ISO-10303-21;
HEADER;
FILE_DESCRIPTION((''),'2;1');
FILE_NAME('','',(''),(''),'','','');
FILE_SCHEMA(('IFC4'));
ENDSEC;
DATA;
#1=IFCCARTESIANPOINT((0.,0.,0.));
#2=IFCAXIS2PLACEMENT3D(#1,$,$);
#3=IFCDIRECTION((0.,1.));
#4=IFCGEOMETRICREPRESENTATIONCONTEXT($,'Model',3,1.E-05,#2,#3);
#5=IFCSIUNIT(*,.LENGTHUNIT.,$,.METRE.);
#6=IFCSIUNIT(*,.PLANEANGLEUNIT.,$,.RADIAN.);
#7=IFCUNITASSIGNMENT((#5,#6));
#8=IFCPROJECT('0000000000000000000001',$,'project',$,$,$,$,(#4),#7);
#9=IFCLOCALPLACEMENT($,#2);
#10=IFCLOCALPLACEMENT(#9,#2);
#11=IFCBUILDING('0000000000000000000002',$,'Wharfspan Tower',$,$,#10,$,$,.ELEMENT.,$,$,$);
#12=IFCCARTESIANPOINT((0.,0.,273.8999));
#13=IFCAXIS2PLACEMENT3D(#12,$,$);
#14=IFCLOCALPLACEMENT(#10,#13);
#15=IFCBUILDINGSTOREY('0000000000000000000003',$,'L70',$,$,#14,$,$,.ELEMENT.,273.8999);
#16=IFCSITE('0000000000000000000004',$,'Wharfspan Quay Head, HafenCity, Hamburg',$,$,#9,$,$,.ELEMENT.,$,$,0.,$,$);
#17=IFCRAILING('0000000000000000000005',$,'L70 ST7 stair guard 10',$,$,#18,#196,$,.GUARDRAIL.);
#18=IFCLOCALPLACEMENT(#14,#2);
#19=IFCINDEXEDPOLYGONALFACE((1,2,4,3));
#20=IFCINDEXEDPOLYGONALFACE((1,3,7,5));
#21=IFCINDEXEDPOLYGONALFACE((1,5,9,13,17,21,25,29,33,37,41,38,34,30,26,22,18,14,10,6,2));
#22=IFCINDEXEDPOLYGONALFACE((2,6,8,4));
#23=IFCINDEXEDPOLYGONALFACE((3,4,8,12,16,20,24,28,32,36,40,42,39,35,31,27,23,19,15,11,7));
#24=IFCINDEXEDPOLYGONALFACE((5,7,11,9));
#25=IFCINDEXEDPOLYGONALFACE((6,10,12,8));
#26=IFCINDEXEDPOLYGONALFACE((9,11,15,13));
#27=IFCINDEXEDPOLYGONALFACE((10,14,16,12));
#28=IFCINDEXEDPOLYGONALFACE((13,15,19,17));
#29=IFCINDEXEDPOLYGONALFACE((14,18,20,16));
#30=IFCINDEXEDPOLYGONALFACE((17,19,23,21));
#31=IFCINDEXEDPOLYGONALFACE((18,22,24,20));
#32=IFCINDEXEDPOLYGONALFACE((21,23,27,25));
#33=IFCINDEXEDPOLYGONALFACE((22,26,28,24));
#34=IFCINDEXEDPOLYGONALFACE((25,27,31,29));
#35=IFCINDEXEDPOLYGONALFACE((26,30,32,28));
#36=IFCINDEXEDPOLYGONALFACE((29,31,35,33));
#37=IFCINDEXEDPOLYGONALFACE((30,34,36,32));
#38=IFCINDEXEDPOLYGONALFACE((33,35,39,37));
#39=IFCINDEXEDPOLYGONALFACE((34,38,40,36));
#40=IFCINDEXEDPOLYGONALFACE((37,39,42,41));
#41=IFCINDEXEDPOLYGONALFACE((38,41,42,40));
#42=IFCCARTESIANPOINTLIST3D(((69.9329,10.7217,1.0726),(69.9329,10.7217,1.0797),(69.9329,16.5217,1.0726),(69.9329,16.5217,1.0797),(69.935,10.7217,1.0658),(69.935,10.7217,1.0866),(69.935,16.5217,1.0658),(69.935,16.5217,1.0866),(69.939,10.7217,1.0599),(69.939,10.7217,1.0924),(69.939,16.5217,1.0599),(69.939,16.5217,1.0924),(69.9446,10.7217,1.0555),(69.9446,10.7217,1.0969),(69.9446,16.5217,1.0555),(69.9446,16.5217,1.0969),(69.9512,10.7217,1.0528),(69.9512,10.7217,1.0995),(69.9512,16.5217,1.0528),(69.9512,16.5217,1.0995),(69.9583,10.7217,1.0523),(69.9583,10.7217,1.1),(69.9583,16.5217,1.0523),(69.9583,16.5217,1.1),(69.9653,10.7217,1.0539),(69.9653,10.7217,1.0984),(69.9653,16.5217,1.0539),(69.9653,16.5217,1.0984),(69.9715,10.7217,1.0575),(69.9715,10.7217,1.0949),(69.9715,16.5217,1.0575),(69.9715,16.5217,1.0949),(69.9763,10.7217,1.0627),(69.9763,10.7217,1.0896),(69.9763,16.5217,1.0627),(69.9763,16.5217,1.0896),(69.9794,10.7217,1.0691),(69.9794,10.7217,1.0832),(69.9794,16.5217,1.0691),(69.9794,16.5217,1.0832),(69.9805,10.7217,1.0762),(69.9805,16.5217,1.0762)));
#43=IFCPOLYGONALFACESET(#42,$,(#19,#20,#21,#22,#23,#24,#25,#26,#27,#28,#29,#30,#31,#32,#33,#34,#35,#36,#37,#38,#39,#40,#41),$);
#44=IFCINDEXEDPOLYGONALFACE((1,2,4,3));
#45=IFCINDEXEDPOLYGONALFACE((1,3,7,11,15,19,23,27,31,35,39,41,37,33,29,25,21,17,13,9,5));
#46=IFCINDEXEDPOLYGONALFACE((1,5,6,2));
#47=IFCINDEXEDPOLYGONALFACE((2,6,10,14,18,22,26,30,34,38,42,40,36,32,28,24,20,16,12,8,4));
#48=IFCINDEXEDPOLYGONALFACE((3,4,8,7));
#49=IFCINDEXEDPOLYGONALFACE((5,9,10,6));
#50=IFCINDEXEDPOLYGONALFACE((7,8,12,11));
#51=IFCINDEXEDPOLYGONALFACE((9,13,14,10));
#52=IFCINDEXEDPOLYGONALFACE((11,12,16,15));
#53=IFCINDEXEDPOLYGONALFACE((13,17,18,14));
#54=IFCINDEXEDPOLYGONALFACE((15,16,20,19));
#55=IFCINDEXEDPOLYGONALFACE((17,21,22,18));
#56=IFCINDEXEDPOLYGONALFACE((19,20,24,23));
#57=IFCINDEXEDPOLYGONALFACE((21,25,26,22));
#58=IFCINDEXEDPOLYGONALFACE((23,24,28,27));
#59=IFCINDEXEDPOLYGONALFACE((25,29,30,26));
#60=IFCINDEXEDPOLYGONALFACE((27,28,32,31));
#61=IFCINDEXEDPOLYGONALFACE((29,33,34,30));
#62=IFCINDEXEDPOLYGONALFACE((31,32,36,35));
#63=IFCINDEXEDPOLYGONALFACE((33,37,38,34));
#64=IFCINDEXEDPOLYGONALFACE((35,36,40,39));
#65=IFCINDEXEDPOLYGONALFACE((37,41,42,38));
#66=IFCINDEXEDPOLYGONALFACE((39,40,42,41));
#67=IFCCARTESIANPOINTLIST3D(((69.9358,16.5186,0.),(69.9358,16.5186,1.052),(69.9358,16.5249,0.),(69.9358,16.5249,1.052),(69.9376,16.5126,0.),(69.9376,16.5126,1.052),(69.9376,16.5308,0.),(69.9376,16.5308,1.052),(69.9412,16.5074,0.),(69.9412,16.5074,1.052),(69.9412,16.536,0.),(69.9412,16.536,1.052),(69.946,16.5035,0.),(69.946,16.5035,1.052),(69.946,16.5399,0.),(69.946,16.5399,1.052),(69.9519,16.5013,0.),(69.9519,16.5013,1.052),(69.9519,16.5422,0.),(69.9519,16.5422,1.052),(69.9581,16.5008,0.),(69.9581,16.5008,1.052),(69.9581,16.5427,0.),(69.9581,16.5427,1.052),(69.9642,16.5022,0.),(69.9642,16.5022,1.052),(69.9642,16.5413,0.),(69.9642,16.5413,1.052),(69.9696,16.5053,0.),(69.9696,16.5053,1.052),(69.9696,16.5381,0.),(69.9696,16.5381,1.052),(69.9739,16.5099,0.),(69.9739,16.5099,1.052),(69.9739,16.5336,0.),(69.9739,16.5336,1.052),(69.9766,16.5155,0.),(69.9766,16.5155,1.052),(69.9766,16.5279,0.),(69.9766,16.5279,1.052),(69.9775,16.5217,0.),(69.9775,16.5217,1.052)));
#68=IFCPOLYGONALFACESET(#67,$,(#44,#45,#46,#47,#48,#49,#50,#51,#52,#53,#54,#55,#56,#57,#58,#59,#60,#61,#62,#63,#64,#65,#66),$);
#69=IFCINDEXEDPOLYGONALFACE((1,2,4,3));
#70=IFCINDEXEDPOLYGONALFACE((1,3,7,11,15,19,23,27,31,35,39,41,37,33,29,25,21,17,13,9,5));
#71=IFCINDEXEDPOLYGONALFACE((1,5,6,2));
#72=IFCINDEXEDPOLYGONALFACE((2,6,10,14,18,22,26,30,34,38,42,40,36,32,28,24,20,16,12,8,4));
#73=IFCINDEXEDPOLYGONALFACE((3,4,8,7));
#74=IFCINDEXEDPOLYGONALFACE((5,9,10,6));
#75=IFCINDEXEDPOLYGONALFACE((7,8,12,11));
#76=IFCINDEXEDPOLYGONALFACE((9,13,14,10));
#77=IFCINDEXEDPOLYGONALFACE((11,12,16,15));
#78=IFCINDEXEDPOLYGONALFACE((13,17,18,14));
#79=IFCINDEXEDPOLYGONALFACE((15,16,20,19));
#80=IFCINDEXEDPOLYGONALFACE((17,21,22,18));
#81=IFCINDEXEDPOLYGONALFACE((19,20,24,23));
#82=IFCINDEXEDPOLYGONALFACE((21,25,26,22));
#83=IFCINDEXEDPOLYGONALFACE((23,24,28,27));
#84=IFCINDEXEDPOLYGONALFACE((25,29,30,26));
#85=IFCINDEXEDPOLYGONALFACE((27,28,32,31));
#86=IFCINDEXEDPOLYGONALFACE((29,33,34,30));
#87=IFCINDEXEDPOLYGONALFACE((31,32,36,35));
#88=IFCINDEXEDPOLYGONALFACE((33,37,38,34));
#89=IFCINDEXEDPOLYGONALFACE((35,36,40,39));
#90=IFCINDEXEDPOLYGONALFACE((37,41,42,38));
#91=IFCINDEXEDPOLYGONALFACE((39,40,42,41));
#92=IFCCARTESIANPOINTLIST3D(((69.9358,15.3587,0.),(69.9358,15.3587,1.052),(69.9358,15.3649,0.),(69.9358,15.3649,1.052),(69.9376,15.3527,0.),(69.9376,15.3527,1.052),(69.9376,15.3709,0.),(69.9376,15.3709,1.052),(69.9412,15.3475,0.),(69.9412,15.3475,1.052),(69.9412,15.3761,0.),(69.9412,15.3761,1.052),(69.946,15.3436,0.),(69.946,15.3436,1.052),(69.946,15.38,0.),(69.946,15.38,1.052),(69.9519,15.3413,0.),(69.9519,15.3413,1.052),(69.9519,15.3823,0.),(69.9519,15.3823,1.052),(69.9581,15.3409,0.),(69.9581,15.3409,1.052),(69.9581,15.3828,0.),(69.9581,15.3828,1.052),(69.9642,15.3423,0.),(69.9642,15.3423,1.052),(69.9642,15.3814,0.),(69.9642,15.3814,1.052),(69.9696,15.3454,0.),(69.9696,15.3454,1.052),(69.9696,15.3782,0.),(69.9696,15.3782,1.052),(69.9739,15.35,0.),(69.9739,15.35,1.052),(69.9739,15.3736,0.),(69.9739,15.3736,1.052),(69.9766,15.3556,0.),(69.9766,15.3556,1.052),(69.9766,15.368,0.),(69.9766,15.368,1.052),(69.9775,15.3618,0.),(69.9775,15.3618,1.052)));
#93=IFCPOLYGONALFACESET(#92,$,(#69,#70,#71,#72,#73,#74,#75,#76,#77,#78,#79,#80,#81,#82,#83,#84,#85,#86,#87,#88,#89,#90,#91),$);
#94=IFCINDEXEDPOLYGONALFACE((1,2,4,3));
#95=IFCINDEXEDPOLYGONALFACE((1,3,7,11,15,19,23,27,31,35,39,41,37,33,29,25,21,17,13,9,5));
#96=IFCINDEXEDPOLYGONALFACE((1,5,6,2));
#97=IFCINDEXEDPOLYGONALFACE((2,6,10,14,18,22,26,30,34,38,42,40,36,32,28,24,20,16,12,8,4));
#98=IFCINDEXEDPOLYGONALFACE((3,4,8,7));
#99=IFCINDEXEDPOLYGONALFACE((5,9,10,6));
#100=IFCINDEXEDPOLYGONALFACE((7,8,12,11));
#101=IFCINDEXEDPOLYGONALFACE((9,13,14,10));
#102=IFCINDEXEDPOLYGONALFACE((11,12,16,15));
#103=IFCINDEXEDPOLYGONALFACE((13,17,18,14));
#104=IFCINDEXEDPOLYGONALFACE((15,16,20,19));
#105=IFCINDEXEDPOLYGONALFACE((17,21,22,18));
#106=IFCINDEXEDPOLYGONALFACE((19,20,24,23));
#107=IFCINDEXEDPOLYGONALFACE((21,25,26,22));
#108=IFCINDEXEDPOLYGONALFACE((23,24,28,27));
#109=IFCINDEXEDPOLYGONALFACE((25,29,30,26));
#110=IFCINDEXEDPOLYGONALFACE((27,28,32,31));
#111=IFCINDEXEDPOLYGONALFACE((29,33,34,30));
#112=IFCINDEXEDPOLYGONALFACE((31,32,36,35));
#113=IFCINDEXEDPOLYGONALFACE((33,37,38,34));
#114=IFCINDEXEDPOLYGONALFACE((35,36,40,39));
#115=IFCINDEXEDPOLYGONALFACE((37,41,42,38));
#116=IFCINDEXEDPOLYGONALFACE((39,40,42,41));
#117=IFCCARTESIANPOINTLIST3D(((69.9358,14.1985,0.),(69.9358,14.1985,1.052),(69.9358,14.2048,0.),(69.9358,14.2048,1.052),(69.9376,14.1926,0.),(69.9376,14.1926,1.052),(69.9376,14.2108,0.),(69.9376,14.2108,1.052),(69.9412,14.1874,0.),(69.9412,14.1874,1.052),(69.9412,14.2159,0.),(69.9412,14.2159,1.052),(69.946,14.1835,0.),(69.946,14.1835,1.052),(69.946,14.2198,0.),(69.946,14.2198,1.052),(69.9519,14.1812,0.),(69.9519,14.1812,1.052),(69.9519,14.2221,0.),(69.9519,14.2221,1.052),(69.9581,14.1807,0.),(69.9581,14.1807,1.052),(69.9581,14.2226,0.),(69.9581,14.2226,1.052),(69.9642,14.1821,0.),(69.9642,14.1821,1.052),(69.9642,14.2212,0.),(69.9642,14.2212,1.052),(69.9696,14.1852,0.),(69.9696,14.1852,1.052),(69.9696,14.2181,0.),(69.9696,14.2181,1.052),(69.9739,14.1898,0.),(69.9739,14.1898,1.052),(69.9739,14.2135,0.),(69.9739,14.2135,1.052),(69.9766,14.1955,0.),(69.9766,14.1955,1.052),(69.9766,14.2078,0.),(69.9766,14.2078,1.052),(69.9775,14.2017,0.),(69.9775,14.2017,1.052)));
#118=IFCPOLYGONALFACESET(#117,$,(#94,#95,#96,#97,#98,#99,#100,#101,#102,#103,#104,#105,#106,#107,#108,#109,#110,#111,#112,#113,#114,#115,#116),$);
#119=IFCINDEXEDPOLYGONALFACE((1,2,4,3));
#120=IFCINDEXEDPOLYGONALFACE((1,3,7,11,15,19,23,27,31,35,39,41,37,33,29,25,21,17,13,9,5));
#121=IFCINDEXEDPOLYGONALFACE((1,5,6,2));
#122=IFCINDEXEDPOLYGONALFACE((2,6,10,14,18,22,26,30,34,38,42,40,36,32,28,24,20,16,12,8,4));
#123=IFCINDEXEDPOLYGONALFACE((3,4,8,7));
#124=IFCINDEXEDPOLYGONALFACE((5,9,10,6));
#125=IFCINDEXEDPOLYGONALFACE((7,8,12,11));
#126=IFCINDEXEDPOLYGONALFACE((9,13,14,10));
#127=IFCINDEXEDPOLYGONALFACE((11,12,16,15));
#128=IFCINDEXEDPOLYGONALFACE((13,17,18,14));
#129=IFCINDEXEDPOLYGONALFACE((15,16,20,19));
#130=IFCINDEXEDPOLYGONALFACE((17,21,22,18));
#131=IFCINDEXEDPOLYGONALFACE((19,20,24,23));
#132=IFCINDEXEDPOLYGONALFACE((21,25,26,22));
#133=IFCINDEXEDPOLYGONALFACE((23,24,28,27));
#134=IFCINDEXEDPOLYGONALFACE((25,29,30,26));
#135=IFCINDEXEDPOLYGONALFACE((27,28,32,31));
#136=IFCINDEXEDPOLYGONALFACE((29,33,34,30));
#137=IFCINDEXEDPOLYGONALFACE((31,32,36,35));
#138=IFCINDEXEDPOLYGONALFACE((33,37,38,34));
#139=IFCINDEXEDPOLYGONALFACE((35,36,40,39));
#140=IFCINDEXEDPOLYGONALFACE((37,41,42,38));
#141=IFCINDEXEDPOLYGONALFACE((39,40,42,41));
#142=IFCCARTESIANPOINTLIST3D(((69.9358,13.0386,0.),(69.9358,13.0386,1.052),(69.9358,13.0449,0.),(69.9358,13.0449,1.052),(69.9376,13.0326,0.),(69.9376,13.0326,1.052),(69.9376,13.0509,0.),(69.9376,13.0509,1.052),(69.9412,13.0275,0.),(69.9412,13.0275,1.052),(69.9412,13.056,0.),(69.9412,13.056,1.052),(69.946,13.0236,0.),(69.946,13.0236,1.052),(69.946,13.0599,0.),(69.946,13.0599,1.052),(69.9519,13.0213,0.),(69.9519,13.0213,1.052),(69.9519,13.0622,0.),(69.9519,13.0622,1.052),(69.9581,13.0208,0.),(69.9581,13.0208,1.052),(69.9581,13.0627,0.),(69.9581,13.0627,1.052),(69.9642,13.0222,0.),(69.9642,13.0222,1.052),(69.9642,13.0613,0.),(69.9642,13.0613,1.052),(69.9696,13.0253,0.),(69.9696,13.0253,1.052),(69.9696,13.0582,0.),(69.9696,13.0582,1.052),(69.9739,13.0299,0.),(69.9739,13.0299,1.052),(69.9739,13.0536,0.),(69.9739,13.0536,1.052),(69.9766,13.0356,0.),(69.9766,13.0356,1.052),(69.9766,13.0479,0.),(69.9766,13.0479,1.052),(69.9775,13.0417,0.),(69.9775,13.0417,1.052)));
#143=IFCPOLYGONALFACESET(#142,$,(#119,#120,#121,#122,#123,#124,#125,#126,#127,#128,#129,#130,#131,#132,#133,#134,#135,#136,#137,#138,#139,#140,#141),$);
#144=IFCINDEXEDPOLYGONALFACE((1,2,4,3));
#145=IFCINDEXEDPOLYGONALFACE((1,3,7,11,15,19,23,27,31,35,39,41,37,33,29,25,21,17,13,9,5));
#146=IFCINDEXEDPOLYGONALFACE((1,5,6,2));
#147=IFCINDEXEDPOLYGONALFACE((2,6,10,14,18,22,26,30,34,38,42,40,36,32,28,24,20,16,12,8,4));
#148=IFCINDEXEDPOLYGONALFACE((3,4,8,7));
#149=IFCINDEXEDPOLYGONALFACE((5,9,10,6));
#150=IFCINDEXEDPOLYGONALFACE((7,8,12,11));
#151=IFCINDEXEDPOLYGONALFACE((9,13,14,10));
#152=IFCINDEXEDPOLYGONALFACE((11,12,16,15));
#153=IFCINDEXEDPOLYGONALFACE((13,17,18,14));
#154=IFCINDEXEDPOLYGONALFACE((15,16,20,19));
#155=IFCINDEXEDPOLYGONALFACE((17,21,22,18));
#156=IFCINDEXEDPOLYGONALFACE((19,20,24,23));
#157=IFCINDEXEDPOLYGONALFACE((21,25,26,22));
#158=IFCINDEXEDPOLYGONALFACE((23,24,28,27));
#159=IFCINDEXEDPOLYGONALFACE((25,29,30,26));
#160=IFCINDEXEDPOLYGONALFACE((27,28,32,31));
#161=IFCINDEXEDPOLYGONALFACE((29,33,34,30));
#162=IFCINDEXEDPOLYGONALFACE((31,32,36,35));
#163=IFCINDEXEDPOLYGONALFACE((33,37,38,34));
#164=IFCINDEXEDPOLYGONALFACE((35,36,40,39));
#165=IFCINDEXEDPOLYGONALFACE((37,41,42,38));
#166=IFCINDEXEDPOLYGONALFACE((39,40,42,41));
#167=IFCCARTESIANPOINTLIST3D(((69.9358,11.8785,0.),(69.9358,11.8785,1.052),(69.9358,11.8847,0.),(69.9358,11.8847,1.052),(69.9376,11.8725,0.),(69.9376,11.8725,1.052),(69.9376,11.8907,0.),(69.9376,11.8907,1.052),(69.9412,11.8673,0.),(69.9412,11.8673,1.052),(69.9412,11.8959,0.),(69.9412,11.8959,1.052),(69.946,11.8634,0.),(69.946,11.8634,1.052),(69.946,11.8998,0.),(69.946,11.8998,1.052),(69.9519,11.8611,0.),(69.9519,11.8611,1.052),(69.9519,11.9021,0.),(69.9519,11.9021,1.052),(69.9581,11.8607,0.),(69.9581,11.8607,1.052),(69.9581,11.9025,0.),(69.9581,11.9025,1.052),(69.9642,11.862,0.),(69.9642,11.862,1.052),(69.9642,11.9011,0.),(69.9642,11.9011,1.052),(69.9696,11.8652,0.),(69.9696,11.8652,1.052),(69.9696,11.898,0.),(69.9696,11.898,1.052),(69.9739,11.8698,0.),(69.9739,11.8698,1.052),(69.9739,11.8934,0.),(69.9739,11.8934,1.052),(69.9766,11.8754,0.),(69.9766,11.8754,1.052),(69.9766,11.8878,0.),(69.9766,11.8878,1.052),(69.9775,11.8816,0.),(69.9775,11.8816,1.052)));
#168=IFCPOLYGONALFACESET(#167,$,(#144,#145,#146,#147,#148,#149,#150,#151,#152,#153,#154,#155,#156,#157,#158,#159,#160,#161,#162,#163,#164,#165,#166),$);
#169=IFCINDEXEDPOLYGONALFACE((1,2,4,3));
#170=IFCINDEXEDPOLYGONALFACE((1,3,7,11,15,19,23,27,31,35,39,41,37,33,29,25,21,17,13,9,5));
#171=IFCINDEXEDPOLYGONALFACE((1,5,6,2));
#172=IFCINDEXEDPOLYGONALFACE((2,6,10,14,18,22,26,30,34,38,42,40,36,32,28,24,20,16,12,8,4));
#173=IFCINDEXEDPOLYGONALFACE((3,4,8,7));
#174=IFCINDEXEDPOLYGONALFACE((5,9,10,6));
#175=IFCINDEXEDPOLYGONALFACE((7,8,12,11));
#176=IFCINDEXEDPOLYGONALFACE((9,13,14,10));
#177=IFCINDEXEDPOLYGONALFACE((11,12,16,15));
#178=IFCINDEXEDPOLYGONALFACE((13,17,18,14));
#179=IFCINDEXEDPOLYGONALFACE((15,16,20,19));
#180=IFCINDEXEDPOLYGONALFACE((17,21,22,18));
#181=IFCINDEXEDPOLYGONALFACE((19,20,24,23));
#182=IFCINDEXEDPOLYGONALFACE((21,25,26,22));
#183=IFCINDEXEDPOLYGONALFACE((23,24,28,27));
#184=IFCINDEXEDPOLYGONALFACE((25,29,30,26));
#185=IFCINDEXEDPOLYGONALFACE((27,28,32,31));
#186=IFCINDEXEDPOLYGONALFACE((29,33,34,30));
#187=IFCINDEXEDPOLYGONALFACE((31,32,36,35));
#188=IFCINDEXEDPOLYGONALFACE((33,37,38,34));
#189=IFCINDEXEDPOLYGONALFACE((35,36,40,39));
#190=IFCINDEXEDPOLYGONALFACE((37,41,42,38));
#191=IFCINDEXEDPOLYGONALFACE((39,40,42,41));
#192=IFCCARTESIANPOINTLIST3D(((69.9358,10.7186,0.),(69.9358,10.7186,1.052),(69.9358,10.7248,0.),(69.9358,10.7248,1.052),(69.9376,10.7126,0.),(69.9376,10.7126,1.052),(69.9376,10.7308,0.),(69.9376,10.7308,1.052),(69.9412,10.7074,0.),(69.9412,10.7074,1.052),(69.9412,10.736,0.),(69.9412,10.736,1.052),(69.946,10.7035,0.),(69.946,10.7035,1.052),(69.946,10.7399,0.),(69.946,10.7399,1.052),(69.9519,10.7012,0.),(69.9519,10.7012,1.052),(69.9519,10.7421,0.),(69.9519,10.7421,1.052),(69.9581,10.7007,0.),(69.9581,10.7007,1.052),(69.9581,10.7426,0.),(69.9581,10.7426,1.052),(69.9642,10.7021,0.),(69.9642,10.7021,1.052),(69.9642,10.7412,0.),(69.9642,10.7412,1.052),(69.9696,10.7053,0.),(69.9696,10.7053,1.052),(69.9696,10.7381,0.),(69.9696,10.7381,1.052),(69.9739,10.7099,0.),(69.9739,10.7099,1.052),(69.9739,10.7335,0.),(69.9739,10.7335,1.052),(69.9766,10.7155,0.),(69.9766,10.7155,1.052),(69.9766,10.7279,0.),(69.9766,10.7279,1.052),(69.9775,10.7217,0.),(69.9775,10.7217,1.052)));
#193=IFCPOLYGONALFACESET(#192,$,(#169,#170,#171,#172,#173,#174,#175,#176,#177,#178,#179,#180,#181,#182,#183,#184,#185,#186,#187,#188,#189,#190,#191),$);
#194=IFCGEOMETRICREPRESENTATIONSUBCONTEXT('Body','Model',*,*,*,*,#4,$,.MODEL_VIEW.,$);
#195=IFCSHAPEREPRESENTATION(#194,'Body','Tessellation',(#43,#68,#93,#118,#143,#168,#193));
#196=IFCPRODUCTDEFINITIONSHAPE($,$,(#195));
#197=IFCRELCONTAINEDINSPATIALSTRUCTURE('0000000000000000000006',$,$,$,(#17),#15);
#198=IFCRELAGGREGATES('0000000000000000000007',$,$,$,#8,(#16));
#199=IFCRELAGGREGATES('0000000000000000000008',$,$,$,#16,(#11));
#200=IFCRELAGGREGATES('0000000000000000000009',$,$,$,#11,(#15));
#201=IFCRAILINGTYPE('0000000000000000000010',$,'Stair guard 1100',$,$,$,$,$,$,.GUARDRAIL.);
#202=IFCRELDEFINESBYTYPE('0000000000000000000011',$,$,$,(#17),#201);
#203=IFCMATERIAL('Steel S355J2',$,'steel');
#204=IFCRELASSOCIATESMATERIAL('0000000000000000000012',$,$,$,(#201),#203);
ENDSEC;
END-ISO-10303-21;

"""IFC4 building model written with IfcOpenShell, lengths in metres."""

from ifc_helpers import new_model, si_unit, direction, frame, origin, origin_2d, place, context, subcontext, project, spatial, circle, extrude, material, type_object, element, save


model = new_model("IFC4")

# Units and contexts
model_context = context("Model", 3, precision=1e-05, world=origin(), true_north=direction((0.0, 1.0)))
body_context = subcontext(model_context, "Body", "Model", "MODEL_VIEW")
ifc_project = project(units=[si_unit("LENGTHUNIT", "METRE"), si_unit("PLANEANGLEUNIT", "RADIAN")], contexts=[model_context])

# Site, building, storey
site_placement = place(None, origin())
site = spatial("IfcSite", under=ifc_project, at=site_placement, Name="Wharfspan Quay Head, HafenCity, Hamburg", CompositionType="ELEMENT", RefElevation=0.0)
building_placement = place(site_placement, origin())
building = spatial("IfcBuilding", under=site, at=building_placement, Name="Wharfspan Tower", CompositionType="ELEMENT")
storey_placement = place(building_placement, frame((0.0, 0.0, 273.8999)))
storey = spatial("IfcBuildingStorey", under=building, at=storey_placement, Name="L70", CompositionType="ELEMENT", Elevation=273.8999)

# Shared definitions
ifc_material_1 = material(Name="Steel S355J2", Category="steel")

# Railing
railing_type_1 = type_object("IfcRailingType", Name="Stair guard 1100", PredefinedType="GUARDRAIL", material=ifc_material_1)
for number, where, name in (
    (1, (69.9565, 16.5217, 0.0), "L70 ST7 stair guard 10"),
):
    element("IfcRailing", number, at=place(storey_placement, frame(where)), inside=storey, type_object=railing_type_1, Name=name, PredefinedType="GUARDRAIL", context=body_context, shape_type="SweptSolid", body=[
        extrude(circle(Radius=0.0239, at=origin_2d()), frame((0.0, 0.0, 1.0762), z_axis=(0.0, -1.0, 0.0), x_axis=(1.0, 0.0, 0.0)), (0.0, 0.0, 1.0), 5.8),
        extrude(circle(Radius=0.021, at=origin_2d()), origin(), (0.0, 0.0, 1.0), 1.052),
        extrude(circle(Radius=0.021, at=origin_2d()), frame((0.0, -1.1599, 0.0)), (0.0, 0.0, 1.0), 1.052),
        extrude(circle(Radius=0.021, at=origin_2d()), frame((0.0, -2.3201, 0.0)), (0.0, 0.0, 1.0), 1.052),
        extrude(circle(Radius=0.021, at=origin_2d()), frame((0.0, -3.48, 0.0)), (0.0, 0.0, 1.0), 1.052),
        extrude(circle(Radius=0.021, at=origin_2d()), frame((0.0, -4.6401, 0.0)), (0.0, 0.0, 1.0), 1.052),
        extrude(circle(Radius=0.021, at=origin_2d()), frame((0.0, -5.8, 0.0)), (0.0, 0.0, 1.0), 1.052),
    ])

save(model, "model.ifc")
